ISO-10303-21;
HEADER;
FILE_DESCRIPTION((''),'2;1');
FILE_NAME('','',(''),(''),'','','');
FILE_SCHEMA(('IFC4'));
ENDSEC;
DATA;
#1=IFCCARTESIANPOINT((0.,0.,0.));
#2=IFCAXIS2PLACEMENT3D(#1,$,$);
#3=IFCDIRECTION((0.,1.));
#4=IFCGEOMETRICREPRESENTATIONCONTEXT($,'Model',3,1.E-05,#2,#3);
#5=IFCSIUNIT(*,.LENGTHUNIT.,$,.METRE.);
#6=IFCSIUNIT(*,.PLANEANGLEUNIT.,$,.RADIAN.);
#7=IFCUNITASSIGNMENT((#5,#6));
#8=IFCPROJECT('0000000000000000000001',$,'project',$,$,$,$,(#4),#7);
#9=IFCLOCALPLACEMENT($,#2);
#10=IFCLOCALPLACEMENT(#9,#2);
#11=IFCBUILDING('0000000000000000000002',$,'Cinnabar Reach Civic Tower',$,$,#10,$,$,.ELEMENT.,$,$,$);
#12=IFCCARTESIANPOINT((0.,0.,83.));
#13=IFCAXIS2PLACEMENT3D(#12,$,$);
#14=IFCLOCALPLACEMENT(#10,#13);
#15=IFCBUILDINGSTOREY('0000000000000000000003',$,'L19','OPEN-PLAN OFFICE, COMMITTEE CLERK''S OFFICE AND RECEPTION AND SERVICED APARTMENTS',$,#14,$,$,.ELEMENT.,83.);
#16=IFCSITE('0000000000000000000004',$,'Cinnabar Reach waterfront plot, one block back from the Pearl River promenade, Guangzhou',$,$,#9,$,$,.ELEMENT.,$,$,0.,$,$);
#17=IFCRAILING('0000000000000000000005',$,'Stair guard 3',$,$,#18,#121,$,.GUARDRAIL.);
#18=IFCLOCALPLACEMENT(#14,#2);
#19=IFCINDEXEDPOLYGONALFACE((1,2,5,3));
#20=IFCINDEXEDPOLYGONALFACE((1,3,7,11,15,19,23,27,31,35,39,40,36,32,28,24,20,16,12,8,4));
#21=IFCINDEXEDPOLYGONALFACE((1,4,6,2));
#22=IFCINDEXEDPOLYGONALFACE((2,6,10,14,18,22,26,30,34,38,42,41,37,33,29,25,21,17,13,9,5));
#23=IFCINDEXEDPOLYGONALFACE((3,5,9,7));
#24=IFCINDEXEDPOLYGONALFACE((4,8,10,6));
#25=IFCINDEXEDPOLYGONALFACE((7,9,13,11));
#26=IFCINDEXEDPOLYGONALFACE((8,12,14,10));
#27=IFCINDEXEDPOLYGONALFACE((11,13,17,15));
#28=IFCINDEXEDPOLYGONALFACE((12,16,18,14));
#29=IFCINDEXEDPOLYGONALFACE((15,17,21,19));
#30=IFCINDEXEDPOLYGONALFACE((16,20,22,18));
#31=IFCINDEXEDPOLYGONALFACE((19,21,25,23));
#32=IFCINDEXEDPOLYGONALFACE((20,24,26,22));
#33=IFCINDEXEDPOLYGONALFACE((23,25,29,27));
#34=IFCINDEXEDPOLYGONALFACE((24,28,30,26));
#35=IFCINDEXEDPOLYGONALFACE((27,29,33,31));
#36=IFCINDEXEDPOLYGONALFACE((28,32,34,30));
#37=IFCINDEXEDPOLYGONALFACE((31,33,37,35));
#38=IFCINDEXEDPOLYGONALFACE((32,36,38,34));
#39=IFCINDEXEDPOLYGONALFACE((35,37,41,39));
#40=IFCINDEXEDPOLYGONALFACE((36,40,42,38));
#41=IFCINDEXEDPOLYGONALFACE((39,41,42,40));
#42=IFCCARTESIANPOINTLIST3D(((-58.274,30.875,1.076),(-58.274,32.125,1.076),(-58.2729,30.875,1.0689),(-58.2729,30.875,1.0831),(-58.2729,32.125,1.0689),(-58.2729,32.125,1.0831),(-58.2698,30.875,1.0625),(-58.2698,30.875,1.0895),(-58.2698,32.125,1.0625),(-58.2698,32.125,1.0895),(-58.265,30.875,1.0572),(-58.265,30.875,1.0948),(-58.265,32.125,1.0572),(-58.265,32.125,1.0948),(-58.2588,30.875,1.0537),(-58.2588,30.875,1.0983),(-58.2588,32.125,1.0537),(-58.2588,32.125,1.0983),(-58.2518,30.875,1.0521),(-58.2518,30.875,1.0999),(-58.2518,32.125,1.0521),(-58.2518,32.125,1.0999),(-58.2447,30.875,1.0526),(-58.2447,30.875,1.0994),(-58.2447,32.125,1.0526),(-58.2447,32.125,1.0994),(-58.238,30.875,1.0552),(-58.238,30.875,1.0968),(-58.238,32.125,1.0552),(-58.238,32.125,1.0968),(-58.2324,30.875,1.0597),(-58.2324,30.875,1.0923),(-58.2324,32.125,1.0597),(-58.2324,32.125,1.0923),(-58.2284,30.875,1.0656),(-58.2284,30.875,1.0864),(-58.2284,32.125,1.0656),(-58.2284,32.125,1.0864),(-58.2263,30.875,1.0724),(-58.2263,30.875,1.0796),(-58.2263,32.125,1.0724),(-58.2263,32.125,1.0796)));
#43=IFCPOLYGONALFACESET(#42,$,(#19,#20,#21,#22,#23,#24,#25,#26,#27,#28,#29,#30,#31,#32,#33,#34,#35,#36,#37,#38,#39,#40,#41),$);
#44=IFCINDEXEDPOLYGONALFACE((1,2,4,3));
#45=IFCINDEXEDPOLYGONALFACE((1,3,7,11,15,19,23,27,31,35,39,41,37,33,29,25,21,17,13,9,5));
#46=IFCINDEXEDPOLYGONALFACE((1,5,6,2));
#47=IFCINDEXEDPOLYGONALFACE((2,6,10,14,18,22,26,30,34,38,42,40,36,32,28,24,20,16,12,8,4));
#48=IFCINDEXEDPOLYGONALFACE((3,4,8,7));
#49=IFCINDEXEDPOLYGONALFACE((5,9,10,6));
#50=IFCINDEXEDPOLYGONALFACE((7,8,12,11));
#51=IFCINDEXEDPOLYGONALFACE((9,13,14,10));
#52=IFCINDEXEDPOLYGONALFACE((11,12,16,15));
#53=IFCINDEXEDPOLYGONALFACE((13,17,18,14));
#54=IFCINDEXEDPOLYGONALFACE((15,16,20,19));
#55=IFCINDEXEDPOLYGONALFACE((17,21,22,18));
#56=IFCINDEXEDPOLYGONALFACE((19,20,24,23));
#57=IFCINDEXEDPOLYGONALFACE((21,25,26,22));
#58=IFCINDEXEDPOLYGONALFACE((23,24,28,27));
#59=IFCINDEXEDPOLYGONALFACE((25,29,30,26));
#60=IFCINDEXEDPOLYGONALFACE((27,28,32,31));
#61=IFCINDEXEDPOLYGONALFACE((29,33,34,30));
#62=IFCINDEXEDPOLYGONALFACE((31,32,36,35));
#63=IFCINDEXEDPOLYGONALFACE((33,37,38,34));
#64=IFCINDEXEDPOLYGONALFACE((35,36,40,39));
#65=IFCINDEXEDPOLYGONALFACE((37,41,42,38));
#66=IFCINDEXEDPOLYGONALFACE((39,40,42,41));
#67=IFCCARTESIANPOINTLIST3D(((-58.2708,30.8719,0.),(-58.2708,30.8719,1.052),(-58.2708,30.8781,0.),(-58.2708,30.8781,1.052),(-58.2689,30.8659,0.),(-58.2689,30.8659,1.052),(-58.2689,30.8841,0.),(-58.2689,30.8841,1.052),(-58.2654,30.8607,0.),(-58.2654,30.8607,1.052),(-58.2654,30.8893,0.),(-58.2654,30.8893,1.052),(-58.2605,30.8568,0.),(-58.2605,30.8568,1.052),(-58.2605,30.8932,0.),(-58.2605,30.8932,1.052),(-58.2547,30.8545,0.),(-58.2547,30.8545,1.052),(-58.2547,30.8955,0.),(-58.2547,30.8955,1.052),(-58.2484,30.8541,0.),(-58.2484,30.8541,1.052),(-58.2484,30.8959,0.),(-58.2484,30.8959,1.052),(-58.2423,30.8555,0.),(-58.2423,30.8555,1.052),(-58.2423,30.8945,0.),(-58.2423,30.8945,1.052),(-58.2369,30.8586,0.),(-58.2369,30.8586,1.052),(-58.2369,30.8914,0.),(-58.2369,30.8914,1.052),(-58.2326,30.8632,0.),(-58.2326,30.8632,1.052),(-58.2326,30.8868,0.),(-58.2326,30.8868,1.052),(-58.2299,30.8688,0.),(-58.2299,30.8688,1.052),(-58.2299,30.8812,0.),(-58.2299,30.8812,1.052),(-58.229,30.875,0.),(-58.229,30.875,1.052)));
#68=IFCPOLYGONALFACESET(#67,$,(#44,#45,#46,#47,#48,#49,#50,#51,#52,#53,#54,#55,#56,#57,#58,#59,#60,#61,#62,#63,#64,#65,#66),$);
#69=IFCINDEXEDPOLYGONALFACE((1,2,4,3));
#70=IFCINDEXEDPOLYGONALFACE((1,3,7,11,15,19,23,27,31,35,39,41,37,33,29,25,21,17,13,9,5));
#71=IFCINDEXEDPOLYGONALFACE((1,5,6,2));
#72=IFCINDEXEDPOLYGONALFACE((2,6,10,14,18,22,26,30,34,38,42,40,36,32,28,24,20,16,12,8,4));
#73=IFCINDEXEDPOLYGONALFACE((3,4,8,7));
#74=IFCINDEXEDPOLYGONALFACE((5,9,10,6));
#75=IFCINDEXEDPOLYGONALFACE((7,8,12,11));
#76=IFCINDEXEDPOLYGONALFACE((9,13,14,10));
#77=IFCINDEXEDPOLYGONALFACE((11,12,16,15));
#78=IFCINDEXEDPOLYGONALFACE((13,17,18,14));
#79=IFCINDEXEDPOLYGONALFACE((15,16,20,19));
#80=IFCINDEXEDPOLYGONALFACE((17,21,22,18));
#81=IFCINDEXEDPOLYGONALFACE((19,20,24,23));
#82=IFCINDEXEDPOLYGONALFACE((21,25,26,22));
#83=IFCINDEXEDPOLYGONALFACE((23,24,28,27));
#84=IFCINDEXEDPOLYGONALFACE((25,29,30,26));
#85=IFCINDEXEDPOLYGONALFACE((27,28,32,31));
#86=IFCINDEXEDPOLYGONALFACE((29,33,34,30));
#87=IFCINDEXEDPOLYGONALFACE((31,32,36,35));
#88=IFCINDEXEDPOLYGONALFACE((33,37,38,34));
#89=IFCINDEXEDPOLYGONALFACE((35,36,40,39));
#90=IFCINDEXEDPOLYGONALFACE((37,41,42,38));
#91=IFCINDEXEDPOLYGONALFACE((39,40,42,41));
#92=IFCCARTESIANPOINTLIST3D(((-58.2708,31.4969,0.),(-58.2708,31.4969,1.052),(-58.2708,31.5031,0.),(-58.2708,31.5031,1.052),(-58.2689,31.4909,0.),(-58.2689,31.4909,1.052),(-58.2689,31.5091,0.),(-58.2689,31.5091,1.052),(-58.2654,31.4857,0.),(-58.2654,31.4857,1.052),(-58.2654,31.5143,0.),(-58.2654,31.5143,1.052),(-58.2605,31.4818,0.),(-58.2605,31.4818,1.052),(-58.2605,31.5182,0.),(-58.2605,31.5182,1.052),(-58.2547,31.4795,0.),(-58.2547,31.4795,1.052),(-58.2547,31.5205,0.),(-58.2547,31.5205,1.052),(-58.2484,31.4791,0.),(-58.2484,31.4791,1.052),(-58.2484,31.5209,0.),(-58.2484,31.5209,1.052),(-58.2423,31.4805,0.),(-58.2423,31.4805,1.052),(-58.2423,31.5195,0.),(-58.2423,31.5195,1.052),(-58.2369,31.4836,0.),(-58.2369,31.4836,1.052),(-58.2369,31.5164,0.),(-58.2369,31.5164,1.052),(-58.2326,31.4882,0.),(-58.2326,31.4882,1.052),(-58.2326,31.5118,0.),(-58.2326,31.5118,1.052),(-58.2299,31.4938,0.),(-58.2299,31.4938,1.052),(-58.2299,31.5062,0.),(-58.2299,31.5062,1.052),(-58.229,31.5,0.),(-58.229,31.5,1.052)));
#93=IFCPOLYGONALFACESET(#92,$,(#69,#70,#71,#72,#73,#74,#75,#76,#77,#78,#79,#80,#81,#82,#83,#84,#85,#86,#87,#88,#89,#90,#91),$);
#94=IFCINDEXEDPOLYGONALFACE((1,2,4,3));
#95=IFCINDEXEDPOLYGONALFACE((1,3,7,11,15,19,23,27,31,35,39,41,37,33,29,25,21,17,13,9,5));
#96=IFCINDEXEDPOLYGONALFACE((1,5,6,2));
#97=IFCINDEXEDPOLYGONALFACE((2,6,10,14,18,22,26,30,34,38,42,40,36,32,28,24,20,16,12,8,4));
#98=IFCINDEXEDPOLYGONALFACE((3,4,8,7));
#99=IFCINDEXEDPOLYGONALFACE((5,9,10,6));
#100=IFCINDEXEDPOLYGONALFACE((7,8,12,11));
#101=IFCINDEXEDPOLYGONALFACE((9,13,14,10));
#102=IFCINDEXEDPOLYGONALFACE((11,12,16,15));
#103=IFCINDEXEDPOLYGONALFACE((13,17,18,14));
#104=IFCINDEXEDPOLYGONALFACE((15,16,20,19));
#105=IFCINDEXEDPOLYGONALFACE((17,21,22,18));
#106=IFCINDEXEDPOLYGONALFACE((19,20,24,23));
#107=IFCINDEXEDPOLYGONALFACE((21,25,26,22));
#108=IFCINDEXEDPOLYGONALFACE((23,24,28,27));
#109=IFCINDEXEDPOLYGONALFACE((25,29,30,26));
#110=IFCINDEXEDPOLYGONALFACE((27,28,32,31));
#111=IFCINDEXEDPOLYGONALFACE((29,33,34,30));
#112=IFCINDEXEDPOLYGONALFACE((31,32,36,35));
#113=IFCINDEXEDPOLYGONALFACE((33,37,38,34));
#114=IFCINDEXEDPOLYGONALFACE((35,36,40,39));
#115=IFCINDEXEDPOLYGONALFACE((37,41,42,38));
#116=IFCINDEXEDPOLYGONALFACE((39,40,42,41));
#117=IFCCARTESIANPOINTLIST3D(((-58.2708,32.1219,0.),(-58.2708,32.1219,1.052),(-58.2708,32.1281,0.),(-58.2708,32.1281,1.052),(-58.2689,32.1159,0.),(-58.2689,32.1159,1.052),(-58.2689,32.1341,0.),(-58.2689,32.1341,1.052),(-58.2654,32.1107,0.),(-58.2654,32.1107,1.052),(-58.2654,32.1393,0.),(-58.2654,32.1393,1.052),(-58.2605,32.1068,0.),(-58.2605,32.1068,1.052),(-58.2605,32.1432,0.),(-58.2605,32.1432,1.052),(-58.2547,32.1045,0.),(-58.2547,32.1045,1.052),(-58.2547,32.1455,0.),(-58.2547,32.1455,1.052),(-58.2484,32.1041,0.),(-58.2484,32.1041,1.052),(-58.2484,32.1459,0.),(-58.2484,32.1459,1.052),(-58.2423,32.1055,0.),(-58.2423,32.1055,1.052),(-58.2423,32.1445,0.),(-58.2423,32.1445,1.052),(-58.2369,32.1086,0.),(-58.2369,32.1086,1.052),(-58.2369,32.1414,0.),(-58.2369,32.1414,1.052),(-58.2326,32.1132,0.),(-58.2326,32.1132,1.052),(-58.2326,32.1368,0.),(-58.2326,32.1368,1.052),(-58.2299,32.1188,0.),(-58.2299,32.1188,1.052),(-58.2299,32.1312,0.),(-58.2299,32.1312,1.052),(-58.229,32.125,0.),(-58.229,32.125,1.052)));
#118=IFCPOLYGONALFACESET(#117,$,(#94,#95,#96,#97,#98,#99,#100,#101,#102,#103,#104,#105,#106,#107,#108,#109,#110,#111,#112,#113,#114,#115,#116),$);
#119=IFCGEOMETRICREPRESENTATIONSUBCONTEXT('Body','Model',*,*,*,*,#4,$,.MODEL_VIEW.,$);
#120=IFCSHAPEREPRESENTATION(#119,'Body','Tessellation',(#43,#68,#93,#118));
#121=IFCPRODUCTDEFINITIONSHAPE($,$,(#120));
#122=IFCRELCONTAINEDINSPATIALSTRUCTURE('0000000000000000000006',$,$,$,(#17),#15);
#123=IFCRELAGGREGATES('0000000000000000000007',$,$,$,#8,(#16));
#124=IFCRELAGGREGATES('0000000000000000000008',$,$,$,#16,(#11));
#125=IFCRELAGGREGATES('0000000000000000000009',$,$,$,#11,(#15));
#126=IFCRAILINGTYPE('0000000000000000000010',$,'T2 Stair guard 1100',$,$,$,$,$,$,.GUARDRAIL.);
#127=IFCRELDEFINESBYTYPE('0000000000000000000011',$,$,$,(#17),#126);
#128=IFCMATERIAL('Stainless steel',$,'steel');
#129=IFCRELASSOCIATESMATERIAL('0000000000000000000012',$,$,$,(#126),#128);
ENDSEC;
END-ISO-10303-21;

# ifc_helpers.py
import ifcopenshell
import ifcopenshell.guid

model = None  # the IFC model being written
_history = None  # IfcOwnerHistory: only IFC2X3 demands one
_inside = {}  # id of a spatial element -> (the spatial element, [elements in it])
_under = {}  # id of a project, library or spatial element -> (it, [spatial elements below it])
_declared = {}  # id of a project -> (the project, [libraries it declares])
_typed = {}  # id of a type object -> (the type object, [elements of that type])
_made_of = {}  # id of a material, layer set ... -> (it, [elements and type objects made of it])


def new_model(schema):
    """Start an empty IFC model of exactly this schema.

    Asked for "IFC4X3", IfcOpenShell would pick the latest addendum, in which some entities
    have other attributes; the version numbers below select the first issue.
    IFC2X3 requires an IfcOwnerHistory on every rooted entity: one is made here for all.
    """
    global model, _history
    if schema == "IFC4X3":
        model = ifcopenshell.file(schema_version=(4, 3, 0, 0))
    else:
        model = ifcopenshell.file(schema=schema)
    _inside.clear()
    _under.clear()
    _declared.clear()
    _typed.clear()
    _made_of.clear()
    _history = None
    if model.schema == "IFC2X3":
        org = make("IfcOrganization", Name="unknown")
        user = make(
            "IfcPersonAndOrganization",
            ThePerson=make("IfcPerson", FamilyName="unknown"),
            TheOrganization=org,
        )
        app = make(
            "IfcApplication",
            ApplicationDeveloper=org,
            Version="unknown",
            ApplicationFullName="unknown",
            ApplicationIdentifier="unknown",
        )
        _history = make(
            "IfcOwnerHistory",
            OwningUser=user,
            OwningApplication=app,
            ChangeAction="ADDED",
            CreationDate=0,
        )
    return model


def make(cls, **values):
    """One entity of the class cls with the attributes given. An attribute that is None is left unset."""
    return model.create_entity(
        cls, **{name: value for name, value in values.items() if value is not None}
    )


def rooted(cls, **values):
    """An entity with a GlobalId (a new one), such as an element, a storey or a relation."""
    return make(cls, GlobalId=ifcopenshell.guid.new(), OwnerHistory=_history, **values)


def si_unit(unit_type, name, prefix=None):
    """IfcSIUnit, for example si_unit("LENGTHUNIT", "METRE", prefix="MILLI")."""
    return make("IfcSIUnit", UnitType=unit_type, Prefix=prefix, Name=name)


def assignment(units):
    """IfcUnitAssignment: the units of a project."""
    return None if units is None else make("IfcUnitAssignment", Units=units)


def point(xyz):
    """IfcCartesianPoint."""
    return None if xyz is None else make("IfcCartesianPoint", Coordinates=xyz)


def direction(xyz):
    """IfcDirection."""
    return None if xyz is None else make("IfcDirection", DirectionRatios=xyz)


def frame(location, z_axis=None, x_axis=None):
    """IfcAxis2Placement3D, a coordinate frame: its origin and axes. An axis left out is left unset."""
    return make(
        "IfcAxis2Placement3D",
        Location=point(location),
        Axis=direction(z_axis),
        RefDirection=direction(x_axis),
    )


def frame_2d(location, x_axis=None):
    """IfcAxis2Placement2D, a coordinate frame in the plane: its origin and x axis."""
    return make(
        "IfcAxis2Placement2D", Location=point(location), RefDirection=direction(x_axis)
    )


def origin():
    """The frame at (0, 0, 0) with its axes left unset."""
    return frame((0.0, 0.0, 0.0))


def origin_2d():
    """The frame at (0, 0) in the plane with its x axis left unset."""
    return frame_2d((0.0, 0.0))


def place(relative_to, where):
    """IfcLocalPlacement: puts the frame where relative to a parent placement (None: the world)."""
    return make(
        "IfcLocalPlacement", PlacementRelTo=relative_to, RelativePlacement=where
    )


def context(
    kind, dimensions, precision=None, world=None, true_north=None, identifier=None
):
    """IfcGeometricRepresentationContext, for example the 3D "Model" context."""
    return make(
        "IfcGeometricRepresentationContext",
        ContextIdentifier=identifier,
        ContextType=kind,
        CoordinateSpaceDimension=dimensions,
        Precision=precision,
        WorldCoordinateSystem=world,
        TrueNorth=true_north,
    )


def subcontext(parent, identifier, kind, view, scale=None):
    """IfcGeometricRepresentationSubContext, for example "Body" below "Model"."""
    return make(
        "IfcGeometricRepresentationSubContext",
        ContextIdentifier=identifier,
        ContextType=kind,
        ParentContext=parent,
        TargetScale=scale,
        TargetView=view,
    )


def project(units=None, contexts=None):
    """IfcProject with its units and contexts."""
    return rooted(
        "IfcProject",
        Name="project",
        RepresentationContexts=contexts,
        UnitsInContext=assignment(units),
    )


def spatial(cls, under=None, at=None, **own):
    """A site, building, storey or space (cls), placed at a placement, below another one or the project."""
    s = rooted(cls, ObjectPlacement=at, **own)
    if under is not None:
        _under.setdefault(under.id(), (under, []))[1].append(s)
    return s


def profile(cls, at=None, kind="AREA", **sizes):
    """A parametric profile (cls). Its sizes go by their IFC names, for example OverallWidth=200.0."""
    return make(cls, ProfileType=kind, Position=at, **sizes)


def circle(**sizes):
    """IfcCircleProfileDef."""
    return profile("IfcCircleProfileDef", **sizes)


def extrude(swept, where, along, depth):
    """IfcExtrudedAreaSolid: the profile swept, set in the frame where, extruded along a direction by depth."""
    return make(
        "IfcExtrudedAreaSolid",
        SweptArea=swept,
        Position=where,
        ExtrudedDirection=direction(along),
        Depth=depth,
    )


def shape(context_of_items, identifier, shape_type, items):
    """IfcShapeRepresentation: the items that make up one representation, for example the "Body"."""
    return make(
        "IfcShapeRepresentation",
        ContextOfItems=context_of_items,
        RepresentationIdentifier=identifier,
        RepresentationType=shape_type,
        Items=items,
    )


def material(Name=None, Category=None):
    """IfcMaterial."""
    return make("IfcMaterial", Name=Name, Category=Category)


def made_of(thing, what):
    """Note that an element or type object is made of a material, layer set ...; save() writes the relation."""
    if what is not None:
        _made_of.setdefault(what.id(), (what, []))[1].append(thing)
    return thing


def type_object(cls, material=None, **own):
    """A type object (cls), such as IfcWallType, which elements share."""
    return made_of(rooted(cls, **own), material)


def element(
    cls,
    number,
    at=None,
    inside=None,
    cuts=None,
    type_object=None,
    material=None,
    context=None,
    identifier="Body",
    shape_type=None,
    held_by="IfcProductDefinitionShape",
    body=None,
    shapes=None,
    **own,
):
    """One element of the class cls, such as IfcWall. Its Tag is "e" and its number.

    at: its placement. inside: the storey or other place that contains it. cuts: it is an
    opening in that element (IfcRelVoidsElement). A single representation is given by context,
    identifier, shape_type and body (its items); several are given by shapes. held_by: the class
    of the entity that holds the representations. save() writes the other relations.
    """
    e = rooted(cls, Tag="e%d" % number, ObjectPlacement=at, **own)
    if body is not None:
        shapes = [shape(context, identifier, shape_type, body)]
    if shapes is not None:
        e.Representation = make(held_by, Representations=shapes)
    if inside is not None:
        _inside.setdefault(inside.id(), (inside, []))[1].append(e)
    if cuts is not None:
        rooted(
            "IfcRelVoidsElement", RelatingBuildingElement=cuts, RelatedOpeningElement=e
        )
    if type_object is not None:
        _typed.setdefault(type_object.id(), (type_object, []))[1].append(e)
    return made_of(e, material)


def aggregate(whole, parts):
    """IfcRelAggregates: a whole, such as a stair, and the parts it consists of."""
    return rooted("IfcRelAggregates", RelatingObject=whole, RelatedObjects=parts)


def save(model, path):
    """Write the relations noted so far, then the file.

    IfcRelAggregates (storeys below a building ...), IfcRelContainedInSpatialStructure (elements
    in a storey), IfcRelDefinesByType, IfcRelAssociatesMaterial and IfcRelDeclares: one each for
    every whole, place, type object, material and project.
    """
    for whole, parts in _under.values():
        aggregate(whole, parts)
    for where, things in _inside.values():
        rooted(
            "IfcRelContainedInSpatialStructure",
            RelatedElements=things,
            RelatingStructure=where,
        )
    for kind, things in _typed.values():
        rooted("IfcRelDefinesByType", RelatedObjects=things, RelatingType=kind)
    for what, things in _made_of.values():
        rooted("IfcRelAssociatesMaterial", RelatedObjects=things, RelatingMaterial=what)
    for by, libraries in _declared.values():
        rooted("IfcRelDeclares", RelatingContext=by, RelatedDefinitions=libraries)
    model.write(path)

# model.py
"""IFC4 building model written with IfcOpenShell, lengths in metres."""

from ifc_helpers import new_model, si_unit, direction, frame, origin, origin_2d, place, context, subcontext, project, spatial, circle, extrude, material, type_object, element, save


model = new_model("IFC4")

# Units and contexts
model_context = context("Model", 3, precision=1e-05, world=origin(), true_north=direction((0.0, 1.0)))
body_context = subcontext(model_context, "Body", "Model", "MODEL_VIEW")
ifc_project = project(units=[si_unit("LENGTHUNIT", "METRE"), si_unit("PLANEANGLEUNIT", "RADIAN")], contexts=[model_context])

# Site, building, storey
site_placement = place(None, origin())
site = spatial("IfcSite", under=ifc_project, at=site_placement, Name="Cinnabar Reach waterfront plot, one block back from the Pearl River promenade, Guangzhou", CompositionType="ELEMENT", RefElevation=0.0)
building_placement = place(site_placement, origin())
building = spatial("IfcBuilding", under=site, at=building_placement, Name="Cinnabar Reach Civic Tower", CompositionType="ELEMENT")
storey_placement = place(building_placement, frame((0.0, 0.0, 83.0)))
storey = spatial("IfcBuildingStorey", under=building, at=storey_placement, Name="L19", Description="OPEN-PLAN OFFICE, COMMITTEE CLERK'S OFFICE AND RECEPTION AND SERVICED APARTMENTS", CompositionType="ELEMENT", Elevation=83.0)

# Railing
ifc_material_1 = material(Name="Stainless steel", Category="steel")
railing_type = type_object("IfcRailingType", Name="T2 Stair guard 1100", PredefinedType="GUARDRAIL", material=ifc_material_1)
railing_placement = place(storey_placement, frame((-58.25, 30.875, 0.0)))
element("IfcRailing", 1, at=railing_placement, inside=storey, type_object=railing_type, Name="Stair guard 3", PredefinedType="GUARDRAIL", context=body_context, shape_type="SweptSolid", body=[
    extrude(circle(Radius=0.024, at=origin_2d()), frame((0.0, 0.0, 1.076), z_axis=(0.0, 1.0, 0.0), x_axis=(-1.0, 0.0, 0.0)), (0.0, 0.0, 1.0), 1.25),
    extrude(circle(Radius=0.021, at=origin_2d()), origin(), (0.0, 0.0, 1.0), 1.052),
    extrude(circle(Radius=0.021, at=origin_2d()), frame((0.0, 0.625, 0.0)), (0.0, 0.0, 1.0), 1.052),
    extrude(circle(Radius=0.021, at=origin_2d()), frame((0.0, 1.25, 0.0)), (0.0, 0.0, 1.0), 1.052),
])

save(model, "model.ifc")
